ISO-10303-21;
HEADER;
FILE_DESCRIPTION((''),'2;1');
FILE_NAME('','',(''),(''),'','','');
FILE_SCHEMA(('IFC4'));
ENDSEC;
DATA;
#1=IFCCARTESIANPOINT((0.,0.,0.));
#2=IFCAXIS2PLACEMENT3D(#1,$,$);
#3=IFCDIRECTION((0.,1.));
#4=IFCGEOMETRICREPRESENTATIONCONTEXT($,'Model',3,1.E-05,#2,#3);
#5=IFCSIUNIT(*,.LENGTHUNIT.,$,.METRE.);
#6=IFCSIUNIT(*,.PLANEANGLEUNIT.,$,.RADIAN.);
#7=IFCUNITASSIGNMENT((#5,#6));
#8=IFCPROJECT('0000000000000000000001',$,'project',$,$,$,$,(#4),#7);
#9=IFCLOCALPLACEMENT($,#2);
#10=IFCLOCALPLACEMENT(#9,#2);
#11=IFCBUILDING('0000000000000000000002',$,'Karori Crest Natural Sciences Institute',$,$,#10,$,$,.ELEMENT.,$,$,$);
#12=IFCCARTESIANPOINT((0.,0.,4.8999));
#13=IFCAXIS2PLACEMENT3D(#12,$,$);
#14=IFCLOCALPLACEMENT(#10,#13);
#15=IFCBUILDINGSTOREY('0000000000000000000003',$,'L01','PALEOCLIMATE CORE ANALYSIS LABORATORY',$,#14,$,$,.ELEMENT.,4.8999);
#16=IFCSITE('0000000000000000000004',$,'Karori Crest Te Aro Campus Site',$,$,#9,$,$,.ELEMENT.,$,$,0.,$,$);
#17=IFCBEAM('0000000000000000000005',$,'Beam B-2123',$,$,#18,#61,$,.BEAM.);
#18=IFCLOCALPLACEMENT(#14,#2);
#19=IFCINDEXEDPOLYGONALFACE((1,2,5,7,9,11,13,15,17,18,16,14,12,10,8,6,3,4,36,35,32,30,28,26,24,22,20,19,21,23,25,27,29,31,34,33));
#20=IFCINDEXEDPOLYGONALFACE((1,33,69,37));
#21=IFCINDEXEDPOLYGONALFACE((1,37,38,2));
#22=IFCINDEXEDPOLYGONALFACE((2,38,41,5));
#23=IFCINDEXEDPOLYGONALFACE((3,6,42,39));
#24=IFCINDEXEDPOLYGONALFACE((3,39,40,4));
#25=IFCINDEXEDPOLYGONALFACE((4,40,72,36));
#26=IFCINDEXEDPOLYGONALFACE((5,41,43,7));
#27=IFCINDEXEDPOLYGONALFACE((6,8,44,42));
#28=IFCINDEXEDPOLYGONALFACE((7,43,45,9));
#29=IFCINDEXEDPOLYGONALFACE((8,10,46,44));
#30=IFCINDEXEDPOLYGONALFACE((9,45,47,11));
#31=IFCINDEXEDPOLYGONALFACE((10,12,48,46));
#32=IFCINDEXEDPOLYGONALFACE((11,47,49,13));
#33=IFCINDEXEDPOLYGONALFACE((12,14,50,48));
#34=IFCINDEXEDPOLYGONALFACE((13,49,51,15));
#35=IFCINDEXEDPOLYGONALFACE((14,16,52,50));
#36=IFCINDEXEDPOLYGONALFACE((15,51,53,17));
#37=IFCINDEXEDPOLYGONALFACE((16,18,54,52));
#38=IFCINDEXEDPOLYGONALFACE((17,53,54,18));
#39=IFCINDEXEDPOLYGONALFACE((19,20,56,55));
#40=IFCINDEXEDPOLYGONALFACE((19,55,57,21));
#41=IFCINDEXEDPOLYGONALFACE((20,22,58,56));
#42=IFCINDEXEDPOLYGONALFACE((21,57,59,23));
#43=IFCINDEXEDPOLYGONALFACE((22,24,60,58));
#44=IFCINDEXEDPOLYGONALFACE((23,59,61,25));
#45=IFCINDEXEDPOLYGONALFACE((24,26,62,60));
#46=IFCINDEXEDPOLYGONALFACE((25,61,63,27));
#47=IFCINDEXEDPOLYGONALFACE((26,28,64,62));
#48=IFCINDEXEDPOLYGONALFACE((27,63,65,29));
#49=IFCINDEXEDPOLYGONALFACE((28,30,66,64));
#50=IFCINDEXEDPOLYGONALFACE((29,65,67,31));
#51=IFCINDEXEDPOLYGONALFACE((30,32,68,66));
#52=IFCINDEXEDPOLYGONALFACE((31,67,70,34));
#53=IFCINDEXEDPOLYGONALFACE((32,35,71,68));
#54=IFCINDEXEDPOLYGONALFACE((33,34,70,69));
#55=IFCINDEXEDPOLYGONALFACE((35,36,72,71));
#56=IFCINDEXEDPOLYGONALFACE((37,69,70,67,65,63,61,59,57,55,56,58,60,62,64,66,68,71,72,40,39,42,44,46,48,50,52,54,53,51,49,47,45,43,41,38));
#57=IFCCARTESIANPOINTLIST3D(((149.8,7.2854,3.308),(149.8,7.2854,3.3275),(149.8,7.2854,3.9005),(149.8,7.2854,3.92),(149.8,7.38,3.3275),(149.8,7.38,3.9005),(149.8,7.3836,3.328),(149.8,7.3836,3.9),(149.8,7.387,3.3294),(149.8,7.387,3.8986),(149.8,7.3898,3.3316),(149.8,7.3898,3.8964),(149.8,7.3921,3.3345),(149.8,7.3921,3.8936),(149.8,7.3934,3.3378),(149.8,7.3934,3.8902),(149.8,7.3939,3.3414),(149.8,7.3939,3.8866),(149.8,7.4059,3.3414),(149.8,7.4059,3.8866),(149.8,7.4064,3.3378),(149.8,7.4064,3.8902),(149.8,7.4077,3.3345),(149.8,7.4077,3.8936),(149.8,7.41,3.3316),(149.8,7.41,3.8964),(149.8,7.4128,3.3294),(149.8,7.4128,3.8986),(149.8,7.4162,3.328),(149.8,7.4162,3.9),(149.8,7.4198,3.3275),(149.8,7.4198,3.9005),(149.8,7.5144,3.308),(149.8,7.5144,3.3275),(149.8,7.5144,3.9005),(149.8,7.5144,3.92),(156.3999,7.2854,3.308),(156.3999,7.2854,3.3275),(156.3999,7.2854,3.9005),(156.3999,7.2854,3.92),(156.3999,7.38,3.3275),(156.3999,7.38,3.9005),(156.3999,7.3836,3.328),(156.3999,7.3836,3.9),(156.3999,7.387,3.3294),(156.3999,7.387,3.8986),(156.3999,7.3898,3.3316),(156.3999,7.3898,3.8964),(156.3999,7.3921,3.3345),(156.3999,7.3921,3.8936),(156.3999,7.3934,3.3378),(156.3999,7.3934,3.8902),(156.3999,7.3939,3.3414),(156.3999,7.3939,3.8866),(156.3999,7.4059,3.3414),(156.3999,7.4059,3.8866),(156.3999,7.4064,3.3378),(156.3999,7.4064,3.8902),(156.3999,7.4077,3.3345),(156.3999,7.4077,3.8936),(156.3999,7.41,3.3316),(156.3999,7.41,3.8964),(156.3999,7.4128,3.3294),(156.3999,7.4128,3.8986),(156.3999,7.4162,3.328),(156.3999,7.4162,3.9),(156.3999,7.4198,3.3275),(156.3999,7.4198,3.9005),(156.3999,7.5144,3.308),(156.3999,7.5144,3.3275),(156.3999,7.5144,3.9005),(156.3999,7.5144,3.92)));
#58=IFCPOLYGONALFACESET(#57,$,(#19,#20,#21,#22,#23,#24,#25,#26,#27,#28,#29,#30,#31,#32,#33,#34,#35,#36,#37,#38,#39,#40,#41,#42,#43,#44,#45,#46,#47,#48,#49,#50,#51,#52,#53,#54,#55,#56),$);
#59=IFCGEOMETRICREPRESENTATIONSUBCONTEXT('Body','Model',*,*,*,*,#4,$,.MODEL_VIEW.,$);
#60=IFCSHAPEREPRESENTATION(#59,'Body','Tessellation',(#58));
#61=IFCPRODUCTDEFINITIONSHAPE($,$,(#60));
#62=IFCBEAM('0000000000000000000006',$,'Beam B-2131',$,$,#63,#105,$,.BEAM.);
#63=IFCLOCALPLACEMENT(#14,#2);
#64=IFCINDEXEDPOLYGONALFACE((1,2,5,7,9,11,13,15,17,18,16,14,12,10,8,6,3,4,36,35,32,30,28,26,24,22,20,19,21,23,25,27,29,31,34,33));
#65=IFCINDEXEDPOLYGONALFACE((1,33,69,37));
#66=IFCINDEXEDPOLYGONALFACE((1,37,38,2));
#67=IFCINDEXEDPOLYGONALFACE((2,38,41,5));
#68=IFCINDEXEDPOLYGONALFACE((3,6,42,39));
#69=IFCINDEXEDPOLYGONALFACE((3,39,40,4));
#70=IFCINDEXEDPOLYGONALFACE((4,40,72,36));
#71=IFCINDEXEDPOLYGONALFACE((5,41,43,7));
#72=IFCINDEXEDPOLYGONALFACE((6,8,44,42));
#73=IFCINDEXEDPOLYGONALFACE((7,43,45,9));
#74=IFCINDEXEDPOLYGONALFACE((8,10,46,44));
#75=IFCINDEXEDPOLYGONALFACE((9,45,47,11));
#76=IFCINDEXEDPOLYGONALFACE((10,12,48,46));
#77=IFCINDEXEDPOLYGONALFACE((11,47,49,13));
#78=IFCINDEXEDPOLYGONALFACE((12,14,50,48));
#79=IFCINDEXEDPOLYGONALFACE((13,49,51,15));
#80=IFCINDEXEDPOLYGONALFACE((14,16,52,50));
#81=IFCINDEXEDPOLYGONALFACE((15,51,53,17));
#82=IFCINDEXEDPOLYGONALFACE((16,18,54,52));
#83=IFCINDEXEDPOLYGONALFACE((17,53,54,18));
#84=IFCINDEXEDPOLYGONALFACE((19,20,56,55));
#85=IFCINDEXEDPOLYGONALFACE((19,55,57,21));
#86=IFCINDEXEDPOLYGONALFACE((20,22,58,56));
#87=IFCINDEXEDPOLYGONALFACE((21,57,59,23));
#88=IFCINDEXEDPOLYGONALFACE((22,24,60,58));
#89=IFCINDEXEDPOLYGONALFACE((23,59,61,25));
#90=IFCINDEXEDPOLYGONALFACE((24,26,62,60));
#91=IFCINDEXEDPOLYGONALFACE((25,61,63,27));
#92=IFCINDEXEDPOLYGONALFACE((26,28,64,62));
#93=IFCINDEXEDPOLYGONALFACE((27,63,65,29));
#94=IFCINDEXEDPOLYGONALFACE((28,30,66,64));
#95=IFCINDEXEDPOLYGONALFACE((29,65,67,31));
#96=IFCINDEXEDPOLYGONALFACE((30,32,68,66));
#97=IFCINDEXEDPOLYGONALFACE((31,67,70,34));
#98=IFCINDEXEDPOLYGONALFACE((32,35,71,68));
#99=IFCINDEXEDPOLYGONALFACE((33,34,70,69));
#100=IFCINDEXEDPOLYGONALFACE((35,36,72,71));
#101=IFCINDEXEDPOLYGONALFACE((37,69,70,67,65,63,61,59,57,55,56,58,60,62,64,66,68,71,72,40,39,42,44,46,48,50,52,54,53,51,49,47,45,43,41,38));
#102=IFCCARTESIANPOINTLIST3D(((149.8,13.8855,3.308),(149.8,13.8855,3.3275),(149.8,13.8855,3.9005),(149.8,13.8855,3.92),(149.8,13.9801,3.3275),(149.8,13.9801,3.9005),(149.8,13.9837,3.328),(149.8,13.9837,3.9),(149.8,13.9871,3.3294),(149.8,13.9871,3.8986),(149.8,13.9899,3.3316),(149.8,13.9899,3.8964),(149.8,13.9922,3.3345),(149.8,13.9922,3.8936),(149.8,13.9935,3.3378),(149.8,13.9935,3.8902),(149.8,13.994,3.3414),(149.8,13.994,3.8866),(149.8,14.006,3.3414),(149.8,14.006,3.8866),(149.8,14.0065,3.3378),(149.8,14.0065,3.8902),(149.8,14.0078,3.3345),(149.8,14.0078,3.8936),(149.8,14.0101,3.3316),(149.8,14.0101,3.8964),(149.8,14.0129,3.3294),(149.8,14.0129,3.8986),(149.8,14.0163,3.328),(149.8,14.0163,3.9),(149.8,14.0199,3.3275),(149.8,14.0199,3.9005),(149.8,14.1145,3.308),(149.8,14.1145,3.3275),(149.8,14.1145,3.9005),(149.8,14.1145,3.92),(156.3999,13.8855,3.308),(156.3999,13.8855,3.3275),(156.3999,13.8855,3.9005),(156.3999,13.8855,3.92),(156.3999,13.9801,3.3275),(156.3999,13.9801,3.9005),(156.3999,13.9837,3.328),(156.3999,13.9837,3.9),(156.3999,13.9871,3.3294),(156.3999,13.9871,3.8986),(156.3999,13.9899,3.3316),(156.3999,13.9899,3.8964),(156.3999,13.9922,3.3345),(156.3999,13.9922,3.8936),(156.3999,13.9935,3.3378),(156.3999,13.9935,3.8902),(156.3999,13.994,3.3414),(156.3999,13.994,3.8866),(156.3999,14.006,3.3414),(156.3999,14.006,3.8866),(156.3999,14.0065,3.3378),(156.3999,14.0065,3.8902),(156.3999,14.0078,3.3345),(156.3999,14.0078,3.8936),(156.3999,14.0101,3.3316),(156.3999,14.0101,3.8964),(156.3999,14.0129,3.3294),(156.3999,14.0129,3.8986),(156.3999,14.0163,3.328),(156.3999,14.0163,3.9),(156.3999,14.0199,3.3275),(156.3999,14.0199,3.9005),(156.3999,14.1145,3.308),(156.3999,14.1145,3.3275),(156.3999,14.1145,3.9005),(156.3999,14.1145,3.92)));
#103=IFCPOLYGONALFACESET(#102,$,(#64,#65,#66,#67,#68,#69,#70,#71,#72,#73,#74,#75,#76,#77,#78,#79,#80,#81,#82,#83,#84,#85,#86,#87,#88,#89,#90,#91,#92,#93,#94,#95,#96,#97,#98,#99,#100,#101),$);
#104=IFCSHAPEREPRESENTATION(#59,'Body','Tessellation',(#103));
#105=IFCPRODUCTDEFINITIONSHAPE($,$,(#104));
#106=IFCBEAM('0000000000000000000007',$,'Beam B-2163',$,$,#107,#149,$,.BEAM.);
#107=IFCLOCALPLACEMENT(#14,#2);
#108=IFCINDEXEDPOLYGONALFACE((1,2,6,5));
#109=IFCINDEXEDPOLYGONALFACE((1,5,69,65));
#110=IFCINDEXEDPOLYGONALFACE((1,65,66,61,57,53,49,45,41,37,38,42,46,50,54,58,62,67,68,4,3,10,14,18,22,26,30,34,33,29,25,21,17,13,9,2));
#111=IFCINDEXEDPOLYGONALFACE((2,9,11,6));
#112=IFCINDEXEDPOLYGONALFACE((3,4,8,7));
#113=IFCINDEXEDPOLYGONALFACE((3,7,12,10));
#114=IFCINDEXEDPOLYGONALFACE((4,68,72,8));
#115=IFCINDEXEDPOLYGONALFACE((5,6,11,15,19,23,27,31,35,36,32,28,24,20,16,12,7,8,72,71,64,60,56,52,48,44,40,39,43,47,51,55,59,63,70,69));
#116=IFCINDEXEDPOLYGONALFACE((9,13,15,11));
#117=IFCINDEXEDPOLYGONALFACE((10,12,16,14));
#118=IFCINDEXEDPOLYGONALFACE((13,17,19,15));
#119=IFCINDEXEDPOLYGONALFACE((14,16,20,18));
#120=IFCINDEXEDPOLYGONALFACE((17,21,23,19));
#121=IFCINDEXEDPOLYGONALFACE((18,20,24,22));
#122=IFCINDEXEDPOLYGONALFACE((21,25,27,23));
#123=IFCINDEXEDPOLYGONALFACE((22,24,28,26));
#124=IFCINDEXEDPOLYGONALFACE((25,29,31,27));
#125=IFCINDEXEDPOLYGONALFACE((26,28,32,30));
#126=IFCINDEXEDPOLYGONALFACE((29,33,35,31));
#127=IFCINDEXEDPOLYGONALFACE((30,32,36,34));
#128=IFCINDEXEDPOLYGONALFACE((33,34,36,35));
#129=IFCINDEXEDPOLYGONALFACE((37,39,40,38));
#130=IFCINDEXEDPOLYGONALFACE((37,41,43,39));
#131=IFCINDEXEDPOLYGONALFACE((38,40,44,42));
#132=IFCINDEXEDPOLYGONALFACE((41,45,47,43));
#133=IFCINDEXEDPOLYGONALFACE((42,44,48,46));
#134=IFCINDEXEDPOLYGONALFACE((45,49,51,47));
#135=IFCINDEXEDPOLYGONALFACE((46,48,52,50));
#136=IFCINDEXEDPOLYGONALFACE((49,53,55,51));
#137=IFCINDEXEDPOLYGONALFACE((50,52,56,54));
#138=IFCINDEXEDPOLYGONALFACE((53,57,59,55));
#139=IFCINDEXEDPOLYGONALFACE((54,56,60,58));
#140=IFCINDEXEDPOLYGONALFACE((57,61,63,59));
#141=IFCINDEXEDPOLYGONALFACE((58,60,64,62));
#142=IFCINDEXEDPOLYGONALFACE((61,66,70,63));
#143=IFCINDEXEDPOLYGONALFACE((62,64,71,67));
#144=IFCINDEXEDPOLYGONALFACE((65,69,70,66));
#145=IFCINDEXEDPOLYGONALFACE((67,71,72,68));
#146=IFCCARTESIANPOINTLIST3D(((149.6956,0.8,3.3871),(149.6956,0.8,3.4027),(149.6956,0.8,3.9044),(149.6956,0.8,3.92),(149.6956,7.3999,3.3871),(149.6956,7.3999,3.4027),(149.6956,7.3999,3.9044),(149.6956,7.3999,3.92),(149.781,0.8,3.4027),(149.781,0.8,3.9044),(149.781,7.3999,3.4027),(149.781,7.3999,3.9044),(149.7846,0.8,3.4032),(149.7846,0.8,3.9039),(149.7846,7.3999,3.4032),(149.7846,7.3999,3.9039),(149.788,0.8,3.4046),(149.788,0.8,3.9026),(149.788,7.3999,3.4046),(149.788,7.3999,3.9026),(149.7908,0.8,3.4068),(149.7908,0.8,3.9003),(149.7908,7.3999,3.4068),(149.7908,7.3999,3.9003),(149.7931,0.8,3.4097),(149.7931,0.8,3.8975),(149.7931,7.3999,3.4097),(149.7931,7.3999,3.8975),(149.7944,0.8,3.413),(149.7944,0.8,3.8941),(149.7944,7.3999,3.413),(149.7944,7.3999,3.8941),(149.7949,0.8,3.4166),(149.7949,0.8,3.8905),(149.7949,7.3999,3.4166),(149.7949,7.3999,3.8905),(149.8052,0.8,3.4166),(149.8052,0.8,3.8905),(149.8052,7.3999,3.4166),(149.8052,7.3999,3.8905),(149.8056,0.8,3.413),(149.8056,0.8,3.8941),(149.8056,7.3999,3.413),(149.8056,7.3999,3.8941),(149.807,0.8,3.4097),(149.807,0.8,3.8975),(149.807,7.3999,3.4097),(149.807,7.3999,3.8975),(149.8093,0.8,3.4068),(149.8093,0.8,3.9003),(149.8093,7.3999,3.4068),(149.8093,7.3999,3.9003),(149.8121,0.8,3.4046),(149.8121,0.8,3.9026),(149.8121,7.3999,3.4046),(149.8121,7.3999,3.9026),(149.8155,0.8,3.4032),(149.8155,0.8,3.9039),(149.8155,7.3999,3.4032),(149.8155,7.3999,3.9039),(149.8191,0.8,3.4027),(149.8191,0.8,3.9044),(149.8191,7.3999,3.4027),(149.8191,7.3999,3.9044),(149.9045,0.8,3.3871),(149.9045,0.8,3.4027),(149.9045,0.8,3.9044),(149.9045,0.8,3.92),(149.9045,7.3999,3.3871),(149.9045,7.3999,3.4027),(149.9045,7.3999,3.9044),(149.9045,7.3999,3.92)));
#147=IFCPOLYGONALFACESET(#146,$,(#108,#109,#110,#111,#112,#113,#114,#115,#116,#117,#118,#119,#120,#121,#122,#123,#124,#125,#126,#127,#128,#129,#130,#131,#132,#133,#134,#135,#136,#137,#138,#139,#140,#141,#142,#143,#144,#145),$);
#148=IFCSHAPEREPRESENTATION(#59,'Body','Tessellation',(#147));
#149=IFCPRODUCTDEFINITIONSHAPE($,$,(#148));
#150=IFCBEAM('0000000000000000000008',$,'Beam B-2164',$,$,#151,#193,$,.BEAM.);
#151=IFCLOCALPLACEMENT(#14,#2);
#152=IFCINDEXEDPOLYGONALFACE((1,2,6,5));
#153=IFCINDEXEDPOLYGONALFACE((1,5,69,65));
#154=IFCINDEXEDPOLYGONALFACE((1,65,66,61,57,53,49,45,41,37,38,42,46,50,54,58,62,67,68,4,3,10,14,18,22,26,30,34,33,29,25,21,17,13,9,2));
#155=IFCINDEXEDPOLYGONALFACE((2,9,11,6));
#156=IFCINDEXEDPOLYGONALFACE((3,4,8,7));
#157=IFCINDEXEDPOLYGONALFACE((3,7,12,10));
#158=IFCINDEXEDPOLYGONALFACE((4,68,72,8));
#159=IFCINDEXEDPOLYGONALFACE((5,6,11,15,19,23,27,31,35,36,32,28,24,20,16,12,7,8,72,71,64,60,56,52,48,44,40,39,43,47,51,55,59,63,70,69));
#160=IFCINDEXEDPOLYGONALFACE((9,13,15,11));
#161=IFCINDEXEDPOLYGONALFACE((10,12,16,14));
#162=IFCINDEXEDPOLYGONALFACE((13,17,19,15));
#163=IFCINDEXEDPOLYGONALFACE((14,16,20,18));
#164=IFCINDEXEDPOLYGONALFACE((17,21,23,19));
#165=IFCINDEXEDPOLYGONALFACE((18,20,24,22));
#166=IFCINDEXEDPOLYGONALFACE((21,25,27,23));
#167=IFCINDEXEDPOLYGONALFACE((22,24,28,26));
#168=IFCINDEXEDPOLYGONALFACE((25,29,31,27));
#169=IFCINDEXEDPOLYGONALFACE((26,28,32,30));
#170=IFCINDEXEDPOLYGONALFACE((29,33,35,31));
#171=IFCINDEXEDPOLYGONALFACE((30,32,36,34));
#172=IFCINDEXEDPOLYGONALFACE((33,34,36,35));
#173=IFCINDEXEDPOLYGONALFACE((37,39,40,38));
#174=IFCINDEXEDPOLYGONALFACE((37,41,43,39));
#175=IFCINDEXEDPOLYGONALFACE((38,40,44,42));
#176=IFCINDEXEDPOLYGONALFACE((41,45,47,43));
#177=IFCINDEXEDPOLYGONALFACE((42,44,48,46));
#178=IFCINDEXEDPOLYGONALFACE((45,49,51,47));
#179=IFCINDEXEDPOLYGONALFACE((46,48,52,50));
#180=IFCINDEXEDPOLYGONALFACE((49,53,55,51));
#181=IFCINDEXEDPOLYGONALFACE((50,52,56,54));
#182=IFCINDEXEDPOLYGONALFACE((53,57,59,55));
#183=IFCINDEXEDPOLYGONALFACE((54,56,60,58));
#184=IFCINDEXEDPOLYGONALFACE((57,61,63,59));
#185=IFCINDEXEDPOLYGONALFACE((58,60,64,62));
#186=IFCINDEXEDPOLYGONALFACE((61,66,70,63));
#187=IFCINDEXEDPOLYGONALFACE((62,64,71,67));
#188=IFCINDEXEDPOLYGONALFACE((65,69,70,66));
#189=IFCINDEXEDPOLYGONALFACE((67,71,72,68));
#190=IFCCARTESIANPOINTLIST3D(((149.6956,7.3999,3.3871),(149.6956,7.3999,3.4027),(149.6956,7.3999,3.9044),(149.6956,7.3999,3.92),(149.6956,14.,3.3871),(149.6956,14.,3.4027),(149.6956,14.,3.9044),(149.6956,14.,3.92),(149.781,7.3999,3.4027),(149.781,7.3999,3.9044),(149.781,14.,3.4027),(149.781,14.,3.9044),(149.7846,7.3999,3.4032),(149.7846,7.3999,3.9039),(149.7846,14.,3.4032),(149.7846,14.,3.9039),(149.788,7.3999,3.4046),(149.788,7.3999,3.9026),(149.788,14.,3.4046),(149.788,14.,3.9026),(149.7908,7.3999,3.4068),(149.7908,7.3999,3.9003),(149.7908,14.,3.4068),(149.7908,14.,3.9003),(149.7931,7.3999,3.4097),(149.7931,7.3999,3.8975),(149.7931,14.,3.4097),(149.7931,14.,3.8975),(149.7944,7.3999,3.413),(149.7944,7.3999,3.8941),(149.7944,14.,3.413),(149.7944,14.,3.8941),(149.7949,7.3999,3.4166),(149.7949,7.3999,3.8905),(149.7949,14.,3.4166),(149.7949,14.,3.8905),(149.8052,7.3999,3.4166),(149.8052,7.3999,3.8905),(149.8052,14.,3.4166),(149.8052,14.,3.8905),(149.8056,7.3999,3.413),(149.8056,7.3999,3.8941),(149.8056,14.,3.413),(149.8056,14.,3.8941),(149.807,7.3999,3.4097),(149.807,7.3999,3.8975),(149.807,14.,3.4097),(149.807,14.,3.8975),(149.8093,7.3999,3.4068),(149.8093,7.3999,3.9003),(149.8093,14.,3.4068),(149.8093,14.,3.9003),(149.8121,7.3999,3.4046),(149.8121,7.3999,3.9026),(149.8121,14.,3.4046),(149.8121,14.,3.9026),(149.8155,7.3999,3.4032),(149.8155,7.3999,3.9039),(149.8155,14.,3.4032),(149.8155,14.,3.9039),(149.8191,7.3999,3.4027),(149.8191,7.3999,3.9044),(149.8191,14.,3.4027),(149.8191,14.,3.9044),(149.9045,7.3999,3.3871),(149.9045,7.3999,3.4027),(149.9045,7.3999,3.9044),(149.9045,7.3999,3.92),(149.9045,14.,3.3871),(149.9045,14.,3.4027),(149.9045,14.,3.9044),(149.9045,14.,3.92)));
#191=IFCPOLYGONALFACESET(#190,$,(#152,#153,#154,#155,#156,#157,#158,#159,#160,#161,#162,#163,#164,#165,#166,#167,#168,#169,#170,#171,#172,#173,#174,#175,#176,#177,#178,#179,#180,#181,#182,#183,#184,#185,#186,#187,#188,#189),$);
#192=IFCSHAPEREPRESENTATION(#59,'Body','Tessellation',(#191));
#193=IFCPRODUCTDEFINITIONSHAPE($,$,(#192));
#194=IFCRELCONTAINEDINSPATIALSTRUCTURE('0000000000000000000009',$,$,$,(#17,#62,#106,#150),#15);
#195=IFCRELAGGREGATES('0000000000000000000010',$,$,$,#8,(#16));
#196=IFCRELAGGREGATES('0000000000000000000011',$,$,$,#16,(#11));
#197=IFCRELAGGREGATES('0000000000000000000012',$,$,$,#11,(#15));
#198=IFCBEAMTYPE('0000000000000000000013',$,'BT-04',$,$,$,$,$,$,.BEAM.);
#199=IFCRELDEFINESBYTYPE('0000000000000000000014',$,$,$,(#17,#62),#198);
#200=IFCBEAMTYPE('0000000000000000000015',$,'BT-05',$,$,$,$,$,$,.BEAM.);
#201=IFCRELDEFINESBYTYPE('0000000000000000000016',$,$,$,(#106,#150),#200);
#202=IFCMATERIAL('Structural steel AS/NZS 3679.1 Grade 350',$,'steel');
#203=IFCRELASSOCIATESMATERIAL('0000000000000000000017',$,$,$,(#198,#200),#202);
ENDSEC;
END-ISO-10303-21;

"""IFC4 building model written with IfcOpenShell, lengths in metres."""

from ifc_helpers import new_model, si_unit, direction, frame, origin, origin_2d, place, context, subcontext, project, spatial, i_section, extrude, material, material_profile, profile_set, type_object, element, save


model = new_model("IFC4")

# Units and contexts
model_context = context("Model", 3, precision=1e-05, world=origin(), true_north=direction((0.0, 1.0)))
body_context = subcontext(model_context, "Body", "Model", "MODEL_VIEW")
ifc_project = project(units=[si_unit("LENGTHUNIT", "METRE"), si_unit("PLANEANGLEUNIT", "RADIAN")], contexts=[model_context])

# Site, building, storey
site_placement = place(None, origin())
site = spatial("IfcSite", under=ifc_project, at=site_placement, Name="Karori Crest Te Aro Campus Site", CompositionType="ELEMENT", RefElevation=0.0)
building_placement = place(site_placement, origin())
building = spatial("IfcBuilding", under=site, at=building_placement, Name="Karori Crest Natural Sciences Institute", CompositionType="ELEMENT")
storey_placement = place(building_placement, frame((0.0, 0.0, 4.8999)))
storey = spatial("IfcBuildingStorey", under=building, at=storey_placement, Name="L01", Description="PALEOCLIMATE CORE ANALYSIS LABORATORY", CompositionType="ELEMENT", Elevation=4.8999)

# Shared definitions
ifc_material_1 = material(Name="Structural steel AS/NZS 3679.1 Grade 350", Category="steel")

# Beams
ifc_material_profile_1 = material_profile(ifc_material_1, i_section(OverallWidth=0.229, OverallDepth=0.6121, WebThickness=0.012, FlangeThickness=0.0195, FilletRadius=0.0139, at=origin_2d()), Name="610UB125")
ifc_profile_set_1 = profile_set([ifc_material_profile_1], Name="Structural steel AS/NZS 3679.1 Grade 350")
beam_type_1 = type_object("IfcBeamType", Name="BT-04", PredefinedType="BEAM", material=ifc_profile_set_1)
for number, where, z_axis, x_axis, name in (
    (1, (149.8, 7.3999, 3.614), (1.0, 0.0, 0.0), (0.0, 1.0, 0.0), "Beam B-2123"),
    (2, (149.8, 14.0, 3.614), (1.0, 0.0, 0.0), (0.0, 1.0, 0.0), "Beam B-2131"),
):
    element("IfcBeam", number, at=place(storey_placement, frame(where, z_axis=z_axis, x_axis=x_axis)), inside=storey, type_object=beam_type_1, Name=name, PredefinedType="BEAM", context=body_context, shape_type="SweptSolid", body=[
        extrude(i_section(OverallWidth=0.229, OverallDepth=0.6121, WebThickness=0.012, FlangeThickness=0.0195, FilletRadius=0.0139, at=origin_2d()), origin(), (0.0, 0.0, 1.0), 6.5999),
    ])
ifc_material_profile_2 = material_profile(ifc_material_1, i_section(OverallWidth=0.209, OverallDepth=0.533, WebThickness=0.0103, FlangeThickness=0.0156, FilletRadius=0.0139, at=origin_2d()), Name="530UB92.4")
ifc_profile_set_2 = profile_set([ifc_material_profile_2], Name="Structural steel AS/NZS 3679.1 Grade 350")
beam_type_2 = type_object("IfcBeamType", Name="BT-05", PredefinedType="BEAM", material=ifc_profile_set_2)
beam_1_placement = place(storey_placement, frame((149.8, 0.8, 3.6536), z_axis=(0.0, 1.0, 0.0), x_axis=(-1.0, 0.0, 0.0)))
element("IfcBeam", 3, at=beam_1_placement, inside=storey, type_object=beam_type_2, Name="Beam B-2163", PredefinedType="BEAM", context=body_context, shape_type="SweptSolid", body=[
    extrude(i_section(OverallWidth=0.209, OverallDepth=0.533, WebThickness=0.0103, FlangeThickness=0.0156, FilletRadius=0.0139, at=origin_2d()), origin(), (0.0, 0.0, 1.0), 6.5999),
])
for number, where, z_axis, x_axis, name in (
    (4, (149.8, 7.3999, 3.6536), (0.0, 1.0, 0.0), (-1.0, 0.0, 0.0), "Beam B-2164"),
):
    element("IfcBeam", number, at=place(storey_placement, frame(where, z_axis=z_axis, x_axis=x_axis)), inside=storey, type_object=beam_type_2, Name=name, PredefinedType="BEAM", context=body_context, shape_type="SweptSolid", body=[
        extrude(i_section(OverallWidth=0.209, OverallDepth=0.533, WebThickness=0.0103, FlangeThickness=0.0156, FilletRadius=0.0139, at=origin_2d()), origin(), (0.0, 0.0, 1.0), 6.6001),
    ])

save(model, "model.ifc")
